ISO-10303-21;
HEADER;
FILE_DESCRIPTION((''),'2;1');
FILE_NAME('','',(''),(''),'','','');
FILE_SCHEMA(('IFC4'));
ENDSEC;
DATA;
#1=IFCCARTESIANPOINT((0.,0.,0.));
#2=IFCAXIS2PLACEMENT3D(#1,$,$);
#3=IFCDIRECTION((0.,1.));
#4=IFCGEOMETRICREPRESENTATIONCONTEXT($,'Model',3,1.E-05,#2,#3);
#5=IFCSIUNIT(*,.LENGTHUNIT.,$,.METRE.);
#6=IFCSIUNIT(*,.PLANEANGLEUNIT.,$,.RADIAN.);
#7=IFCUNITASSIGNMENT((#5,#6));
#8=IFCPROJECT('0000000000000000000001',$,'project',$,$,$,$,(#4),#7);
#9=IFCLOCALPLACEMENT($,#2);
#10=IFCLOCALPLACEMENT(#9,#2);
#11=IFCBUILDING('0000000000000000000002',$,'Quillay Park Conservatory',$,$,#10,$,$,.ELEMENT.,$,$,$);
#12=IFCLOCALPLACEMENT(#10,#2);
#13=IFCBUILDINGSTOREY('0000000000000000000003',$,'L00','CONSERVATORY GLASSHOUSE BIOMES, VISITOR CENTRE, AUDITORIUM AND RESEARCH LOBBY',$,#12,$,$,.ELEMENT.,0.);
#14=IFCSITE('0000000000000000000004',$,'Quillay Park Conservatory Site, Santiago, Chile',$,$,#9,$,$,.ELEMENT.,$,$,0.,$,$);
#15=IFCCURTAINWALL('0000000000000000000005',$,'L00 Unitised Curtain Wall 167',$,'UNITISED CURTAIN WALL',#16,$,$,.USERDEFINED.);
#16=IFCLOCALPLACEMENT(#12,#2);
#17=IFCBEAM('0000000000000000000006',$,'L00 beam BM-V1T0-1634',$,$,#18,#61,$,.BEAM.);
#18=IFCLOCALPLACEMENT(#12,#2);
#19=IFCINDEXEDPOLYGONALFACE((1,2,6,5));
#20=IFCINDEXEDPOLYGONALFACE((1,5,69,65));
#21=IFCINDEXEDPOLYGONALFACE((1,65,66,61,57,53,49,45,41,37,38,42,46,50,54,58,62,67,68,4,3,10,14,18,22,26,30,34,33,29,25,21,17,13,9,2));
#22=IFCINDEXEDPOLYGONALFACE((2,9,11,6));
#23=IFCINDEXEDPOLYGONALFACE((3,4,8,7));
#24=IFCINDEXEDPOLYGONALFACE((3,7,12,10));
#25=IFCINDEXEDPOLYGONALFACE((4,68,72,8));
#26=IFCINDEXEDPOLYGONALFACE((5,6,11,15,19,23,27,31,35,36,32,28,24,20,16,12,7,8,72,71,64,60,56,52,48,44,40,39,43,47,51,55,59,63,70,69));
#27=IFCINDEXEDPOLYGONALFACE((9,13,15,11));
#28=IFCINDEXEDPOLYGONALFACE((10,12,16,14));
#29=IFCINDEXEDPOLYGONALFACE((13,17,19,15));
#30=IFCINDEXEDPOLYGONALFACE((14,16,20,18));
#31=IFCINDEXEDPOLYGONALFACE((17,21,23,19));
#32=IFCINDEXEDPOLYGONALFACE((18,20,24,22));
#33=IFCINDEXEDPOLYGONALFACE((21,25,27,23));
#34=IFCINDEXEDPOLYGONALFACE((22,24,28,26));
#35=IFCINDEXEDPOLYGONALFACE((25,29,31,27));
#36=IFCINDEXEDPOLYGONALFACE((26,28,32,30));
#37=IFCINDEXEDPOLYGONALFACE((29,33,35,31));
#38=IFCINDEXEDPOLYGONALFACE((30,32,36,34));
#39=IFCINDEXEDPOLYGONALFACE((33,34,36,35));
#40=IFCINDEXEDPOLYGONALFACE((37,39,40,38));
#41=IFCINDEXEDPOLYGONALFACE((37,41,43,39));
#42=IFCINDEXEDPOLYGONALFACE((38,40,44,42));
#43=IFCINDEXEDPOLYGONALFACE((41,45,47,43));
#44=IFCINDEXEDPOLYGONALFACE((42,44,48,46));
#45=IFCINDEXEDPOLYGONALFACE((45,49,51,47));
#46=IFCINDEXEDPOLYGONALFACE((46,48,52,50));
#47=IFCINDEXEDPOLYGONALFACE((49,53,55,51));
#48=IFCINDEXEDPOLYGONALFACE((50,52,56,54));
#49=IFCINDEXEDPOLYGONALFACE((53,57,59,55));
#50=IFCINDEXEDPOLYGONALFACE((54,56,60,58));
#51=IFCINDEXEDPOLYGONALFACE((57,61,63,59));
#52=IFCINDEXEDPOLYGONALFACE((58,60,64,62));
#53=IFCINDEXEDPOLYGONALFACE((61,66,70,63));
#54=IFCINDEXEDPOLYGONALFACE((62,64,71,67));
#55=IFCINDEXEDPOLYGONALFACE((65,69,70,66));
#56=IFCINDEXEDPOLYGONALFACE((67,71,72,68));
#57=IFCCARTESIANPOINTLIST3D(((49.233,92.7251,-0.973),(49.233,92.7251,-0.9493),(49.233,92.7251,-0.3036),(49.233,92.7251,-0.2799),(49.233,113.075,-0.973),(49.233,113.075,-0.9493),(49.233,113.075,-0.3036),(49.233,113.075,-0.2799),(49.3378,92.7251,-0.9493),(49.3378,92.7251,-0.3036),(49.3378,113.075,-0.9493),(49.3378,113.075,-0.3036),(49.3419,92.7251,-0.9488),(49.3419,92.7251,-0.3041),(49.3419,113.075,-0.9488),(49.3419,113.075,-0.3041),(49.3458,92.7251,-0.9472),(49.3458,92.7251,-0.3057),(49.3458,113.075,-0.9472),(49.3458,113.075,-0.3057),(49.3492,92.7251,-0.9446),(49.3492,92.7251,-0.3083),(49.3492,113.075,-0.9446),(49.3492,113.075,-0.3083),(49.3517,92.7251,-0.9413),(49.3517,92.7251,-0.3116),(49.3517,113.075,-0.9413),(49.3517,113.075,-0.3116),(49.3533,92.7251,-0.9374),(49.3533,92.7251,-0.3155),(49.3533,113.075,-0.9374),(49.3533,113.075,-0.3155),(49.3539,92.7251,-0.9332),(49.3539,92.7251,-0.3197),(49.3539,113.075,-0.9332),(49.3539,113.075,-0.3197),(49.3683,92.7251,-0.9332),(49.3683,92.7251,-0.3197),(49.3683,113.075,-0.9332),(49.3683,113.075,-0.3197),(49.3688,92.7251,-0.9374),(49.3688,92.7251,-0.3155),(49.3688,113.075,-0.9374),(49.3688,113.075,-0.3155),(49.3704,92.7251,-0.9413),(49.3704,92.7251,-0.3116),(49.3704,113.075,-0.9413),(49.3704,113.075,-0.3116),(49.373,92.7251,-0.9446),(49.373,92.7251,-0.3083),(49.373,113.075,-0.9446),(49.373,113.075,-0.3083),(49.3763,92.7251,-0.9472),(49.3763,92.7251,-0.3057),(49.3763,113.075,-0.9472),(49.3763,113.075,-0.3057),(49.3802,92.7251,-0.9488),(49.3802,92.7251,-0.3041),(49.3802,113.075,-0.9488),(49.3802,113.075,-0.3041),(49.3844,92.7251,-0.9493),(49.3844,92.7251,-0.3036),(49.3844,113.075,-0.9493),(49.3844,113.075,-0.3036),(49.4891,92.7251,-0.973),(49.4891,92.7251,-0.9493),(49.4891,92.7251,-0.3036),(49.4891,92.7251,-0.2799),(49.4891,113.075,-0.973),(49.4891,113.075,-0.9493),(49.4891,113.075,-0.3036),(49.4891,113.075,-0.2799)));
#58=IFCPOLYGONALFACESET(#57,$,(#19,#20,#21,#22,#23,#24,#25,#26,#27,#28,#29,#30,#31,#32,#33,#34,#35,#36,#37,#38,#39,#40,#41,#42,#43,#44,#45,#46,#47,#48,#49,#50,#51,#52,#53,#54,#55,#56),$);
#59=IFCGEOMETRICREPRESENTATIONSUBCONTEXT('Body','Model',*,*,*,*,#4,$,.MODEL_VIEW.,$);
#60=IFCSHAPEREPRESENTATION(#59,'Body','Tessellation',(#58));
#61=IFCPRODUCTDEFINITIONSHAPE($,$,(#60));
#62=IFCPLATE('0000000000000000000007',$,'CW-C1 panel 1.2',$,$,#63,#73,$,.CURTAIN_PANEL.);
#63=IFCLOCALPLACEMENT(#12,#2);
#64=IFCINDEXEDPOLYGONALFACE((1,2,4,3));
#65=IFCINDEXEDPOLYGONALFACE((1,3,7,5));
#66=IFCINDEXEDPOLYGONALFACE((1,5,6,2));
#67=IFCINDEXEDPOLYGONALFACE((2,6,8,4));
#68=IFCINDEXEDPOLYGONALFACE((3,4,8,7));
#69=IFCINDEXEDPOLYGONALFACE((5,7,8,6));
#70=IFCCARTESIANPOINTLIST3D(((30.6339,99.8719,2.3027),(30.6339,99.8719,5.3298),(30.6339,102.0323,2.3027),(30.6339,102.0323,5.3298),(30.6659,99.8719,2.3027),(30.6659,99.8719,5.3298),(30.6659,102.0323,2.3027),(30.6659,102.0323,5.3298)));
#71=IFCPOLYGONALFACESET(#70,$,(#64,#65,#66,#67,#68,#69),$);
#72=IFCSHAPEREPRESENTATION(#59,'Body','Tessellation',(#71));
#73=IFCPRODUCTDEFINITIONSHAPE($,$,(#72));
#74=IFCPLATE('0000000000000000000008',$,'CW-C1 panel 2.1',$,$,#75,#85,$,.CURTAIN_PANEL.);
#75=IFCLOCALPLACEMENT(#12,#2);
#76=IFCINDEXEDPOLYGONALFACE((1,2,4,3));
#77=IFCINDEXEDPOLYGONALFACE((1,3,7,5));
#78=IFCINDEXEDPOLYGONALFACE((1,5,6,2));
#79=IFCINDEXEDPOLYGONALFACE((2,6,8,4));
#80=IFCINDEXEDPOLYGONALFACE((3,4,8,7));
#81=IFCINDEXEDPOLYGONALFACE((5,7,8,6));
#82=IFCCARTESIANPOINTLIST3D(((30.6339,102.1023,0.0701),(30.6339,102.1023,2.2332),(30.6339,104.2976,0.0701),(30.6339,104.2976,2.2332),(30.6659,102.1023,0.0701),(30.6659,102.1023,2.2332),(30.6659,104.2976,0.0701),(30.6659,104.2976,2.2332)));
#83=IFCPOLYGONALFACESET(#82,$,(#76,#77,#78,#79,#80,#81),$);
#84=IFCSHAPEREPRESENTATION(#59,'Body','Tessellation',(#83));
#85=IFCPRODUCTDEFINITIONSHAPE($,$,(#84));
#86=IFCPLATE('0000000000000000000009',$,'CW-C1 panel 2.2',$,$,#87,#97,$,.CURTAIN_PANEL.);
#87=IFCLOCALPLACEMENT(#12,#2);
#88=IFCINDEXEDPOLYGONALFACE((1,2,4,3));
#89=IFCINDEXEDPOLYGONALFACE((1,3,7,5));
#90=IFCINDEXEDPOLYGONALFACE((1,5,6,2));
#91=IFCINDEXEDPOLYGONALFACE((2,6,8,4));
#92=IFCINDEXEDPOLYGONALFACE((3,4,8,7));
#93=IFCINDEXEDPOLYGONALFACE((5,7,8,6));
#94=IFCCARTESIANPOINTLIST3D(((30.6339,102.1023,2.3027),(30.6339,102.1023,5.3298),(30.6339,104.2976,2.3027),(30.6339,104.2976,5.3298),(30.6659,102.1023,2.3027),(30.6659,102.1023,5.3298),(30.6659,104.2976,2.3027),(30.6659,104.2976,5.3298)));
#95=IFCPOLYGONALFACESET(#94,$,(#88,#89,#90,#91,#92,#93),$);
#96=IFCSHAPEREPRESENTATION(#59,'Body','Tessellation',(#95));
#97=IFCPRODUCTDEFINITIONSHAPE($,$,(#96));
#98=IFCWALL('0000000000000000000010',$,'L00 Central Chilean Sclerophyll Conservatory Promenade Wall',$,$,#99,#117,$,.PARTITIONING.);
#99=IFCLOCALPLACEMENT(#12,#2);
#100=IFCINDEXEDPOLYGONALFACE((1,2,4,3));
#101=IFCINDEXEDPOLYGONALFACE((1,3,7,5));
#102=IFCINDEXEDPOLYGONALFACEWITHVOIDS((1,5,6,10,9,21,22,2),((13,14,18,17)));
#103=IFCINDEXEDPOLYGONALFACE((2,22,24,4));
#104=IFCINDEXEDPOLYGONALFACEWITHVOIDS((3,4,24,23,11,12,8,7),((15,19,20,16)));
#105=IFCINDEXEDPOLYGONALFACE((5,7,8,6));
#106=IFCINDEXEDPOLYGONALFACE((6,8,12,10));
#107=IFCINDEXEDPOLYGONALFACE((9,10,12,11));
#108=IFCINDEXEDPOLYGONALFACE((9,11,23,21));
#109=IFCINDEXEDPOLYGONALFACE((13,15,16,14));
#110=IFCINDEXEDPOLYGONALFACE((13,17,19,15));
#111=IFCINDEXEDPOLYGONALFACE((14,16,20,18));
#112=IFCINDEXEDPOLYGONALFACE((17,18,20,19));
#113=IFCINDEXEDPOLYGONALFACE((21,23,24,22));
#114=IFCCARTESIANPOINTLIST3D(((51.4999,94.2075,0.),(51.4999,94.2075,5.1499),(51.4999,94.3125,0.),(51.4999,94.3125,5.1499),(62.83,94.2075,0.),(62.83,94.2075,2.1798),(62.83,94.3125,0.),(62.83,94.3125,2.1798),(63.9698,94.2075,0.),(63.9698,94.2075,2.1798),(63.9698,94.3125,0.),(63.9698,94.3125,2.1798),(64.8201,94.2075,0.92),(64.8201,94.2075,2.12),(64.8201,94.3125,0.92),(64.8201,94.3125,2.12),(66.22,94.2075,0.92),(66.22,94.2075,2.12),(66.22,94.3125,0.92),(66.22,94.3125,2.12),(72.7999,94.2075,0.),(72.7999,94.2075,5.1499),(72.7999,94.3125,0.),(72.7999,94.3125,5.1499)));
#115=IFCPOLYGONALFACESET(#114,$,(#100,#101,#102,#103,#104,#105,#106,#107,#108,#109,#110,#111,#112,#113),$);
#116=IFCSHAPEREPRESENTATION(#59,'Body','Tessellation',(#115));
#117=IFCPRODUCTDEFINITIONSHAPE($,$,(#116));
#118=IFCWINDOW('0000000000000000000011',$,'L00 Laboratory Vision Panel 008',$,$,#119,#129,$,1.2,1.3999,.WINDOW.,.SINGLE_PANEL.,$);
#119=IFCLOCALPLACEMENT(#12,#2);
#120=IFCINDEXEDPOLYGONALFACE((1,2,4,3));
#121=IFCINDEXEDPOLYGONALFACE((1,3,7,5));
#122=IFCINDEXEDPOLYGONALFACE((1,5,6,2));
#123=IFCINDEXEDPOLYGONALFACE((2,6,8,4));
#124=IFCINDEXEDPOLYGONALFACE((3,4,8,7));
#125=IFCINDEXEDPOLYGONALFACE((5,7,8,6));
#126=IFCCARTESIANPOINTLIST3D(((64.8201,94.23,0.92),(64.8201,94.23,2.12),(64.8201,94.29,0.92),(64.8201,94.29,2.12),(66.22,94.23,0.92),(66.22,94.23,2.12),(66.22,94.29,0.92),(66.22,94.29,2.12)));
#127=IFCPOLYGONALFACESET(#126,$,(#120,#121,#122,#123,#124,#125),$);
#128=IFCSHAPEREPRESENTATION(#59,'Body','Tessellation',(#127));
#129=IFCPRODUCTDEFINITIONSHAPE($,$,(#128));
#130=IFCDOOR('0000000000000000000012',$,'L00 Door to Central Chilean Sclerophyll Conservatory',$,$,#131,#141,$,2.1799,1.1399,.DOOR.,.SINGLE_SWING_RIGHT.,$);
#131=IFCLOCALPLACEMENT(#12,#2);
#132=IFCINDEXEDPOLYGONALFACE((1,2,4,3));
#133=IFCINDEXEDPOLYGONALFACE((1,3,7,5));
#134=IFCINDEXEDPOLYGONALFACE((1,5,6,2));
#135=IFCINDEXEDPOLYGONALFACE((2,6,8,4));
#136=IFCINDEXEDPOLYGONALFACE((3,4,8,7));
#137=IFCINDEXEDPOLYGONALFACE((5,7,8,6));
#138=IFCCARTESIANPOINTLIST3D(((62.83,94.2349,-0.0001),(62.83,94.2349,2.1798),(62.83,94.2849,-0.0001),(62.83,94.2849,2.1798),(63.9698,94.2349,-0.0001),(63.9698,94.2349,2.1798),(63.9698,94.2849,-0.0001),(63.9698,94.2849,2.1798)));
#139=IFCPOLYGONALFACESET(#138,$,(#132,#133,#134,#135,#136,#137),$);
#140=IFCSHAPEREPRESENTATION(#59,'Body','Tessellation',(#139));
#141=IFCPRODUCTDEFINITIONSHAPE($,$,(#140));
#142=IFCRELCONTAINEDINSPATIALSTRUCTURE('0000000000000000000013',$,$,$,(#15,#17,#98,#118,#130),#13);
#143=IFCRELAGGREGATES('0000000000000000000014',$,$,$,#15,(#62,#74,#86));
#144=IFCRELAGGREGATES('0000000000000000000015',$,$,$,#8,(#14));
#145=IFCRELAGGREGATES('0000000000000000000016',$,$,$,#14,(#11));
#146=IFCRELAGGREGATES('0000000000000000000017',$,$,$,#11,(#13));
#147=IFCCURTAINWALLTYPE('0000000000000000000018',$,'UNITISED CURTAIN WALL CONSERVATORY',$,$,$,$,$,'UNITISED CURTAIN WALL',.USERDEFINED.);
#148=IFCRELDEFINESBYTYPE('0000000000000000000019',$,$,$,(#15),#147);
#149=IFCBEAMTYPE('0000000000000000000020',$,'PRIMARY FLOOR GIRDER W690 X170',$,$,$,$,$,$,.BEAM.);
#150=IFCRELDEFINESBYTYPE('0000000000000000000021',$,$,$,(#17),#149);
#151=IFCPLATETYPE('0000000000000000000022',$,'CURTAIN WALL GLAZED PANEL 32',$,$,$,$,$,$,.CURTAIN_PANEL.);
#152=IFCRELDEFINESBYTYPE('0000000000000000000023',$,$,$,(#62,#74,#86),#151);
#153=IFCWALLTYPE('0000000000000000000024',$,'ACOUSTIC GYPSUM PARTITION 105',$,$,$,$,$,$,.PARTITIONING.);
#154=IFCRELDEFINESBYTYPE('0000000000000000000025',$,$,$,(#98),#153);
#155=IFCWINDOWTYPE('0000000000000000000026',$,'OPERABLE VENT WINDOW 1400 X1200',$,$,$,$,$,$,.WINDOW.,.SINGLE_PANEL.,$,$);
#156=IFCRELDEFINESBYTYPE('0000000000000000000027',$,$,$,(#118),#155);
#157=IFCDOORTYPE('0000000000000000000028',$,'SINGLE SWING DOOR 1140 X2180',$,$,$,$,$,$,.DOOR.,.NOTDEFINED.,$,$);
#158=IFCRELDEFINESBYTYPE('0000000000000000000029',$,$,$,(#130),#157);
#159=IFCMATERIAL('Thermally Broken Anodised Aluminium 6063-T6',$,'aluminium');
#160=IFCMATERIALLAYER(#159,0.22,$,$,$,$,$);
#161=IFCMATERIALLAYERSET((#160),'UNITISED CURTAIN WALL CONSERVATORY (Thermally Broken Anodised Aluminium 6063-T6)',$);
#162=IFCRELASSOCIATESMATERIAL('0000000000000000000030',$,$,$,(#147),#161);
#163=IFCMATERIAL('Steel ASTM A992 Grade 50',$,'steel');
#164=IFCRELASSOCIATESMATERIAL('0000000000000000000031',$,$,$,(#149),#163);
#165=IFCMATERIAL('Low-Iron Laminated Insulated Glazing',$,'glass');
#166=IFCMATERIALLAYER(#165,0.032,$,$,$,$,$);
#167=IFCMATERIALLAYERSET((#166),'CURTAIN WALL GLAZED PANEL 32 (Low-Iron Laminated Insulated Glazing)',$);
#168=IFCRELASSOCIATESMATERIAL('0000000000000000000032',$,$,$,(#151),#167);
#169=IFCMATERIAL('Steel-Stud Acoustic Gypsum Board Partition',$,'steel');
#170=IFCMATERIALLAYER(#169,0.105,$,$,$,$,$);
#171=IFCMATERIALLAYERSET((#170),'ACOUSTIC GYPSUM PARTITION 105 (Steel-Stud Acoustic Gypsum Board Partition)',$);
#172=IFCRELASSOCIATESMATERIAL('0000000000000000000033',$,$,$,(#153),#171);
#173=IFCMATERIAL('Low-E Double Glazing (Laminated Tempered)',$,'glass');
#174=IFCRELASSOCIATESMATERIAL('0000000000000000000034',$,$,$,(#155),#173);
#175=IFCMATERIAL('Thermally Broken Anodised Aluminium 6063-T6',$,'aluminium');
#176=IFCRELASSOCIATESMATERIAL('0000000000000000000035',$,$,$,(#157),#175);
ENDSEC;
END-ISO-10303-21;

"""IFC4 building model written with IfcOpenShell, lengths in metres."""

from ifc_helpers import new_model, si_unit, direction, frame, frame_2d, origin, origin_2d, place, context, subcontext, project, spatial, rectangle, i_section, extrude, material, layer, layer_set, material_profile, profile_set, type_object, element, fill, aggregate, save


model = new_model("IFC4")

# Units and contexts
model_context = context("Model", 3, precision=1e-05, world=origin(), true_north=direction((0.0, 1.0)))
body_context = subcontext(model_context, "Body", "Model", "MODEL_VIEW")
ifc_project = project(units=[si_unit("LENGTHUNIT", "METRE"), si_unit("PLANEANGLEUNIT", "RADIAN")], contexts=[model_context])

# Site, building, storey
site_placement = place(None, origin())
site = spatial("IfcSite", under=ifc_project, at=site_placement, Name="Quillay Park Conservatory Site, Santiago, Chile", CompositionType="ELEMENT", RefElevation=0.0)
building_placement = place(site_placement, origin())
building = spatial("IfcBuilding", under=site, at=building_placement, Name="Quillay Park Conservatory", CompositionType="ELEMENT")
storey_placement = place(building_placement, origin())
storey = spatial("IfcBuildingStorey", under=building, at=storey_placement, Name="L00", Description="CONSERVATORY GLASSHOUSE BIOMES, VISITOR CENTRE, AUDITORIUM AND RESEARCH LOBBY", CompositionType="ELEMENT", Elevation=0.0)

# Curtain wall
ifc_material_1 = material(Name="Thermally Broken Anodised Aluminium 6063-T6", Category="aluminium")
ifc_layer_1 = layer(ifc_material_1, 0.22)
ifc_layer_set_1 = layer_set([ifc_layer_1], Name="UNITISED CURTAIN WALL CONSERVATORY (Thermally Broken Anodised Aluminium 6063-T6)")
curtain_wall_type = type_object("IfcCurtainWallType", Name="UNITISED CURTAIN WALL CONSERVATORY", ElementType="UNITISED CURTAIN WALL", PredefinedType="USERDEFINED", material=ifc_layer_set_1)
curtain_wall_placement = place(storey_placement, origin())
curtain_wall = element("IfcCurtainWall", 1, at=curtain_wall_placement, inside=storey, type_object=curtain_wall_type, Name="L00 Unitised Curtain Wall 167", ObjectType="UNITISED CURTAIN WALL", PredefinedType="USERDEFINED")

# Beam
ifc_material_2 = material(Name="Steel ASTM A992 Grade 50", Category="steel")
ifc_material_profile_1 = material_profile(ifc_material_2, i_section(OverallWidth=0.2561, OverallDepth=0.6931, WebThickness=0.0144, FlangeThickness=0.0237, FilletRadius=0.0161, at=origin_2d()), Name="W690x170")
ifc_profile_set_1 = profile_set([ifc_material_profile_1], Name="Steel ASTM A992 Grade 50")
beam_type_1 = type_object("IfcBeamType", Name="PRIMARY FLOOR GIRDER W690 X170", PredefinedType="BEAM", material=ifc_profile_set_1)
for number, where, z_axis, x_axis, name in (
    (2, (49.3611, 92.7251, -0.6265), (0.0, 1.0, 0.0), (-1.0, 0.0, 0.0), "L00 beam BM-V1T0-1634"),
):
    element("IfcBeam", number, at=place(storey_placement, frame(where, z_axis=z_axis, x_axis=x_axis)), inside=storey, type_object=beam_type_1, Name=name, PredefinedType="BEAM", context=body_context, shape_type="SweptSolid", body=[
        extrude(i_section(OverallWidth=0.2561, OverallDepth=0.6931, WebThickness=0.0144, FlangeThickness=0.0237, FilletRadius=0.0161, at=origin_2d()), origin(), (0.0, 0.0, 1.0), 20.3499),
    ])

# Plates
ifc_material_3 = material(Name="Low-Iron Laminated Insulated Glazing", Category="glass")
ifc_layer_2 = layer(ifc_material_3, 0.032)
ifc_layer_set_2 = layer_set([ifc_layer_2], Name="CURTAIN WALL GLAZED PANEL 32 (Low-Iron Laminated Insulated Glazing)")
plate_type = type_object("IfcPlateType", Name="CURTAIN WALL GLAZED PANEL 32", PredefinedType="CURTAIN_PANEL", material=ifc_layer_set_2)
plate_1_placement = place(storey_placement, frame((30.6499, 100.9521, 2.3027), z_axis=(0.0, 0.0, 1.0), x_axis=(0.0, 1.0, 0.0)))
plate_1 = element("IfcPlate", 3, at=plate_1_placement, type_object=plate_type, Name="CW-C1 panel 1.2", PredefinedType="CURTAIN_PANEL", context=body_context, shape_type="SweptSolid", body=[
    extrude(rectangle(XDim=2.1604, YDim=0.032, at=origin_2d()), origin(), (0.0, 0.0, 1.0), 3.0271),
])
plate_2_placement = place(storey_placement, frame((30.6499, 103.2, 0.0701), z_axis=(0.0, 0.0, 1.0), x_axis=(0.0, 1.0, 0.0)))
plate_2 = element("IfcPlate", 4, at=plate_2_placement, type_object=plate_type, Name="CW-C1 panel 2.1", PredefinedType="CURTAIN_PANEL", context=body_context, shape_type="SweptSolid", body=[
    extrude(rectangle(XDim=2.1953, YDim=0.032, at=origin_2d()), origin(), (0.0, 0.0, 1.0), 2.1631),
])
plate_3_placement = place(storey_placement, frame((30.6499, 103.2, 2.3027), z_axis=(0.0, 0.0, 1.0), x_axis=(0.0, 1.0, 0.0)))
plate_3 = element("IfcPlate", 5, at=plate_3_placement, type_object=plate_type, Name="CW-C1 panel 2.2", PredefinedType="CURTAIN_PANEL", context=body_context, shape_type="SweptSolid", body=[
    extrude(rectangle(XDim=2.1953, YDim=0.032, at=origin_2d()), origin(), (0.0, 0.0, 1.0), 3.0271),
])
aggregate(curtain_wall, [plate_1, plate_2, plate_3])

# Wall, openings, window, door
ifc_material_4 = material(Name="Steel-Stud Acoustic Gypsum Board Partition", Category="steel")
ifc_layer_3 = layer(ifc_material_4, 0.105)
ifc_layer_set_3 = layer_set([ifc_layer_3], Name="ACOUSTIC GYPSUM PARTITION 105 (Steel-Stud Acoustic Gypsum Board Partition)")
wall_type = type_object("IfcWallType", Name="ACOUSTIC GYPSUM PARTITION 105", PredefinedType="PARTITIONING", material=ifc_layer_set_3)
wall_placement = place(storey_placement, frame((51.5, 94.26, 0.0), z_axis=(0.0, 0.0, 1.0), x_axis=(1.0, 0.0, 0.0)))
wall = element("IfcWall", 6, at=wall_placement, inside=storey, type_object=wall_type, Name="L00 Central Chilean Sclerophyll Conservatory Promenade Wall", PredefinedType="PARTITIONING", context=body_context, shape_type="SweptSolid", body=[
    extrude(rectangle(XDim=21.3, YDim=0.105, at=frame_2d((10.6499, 0.0))), origin(), (0.0, 0.0, 1.0), 5.1499),
])
opening_1_placement = place(wall_placement, frame((11.3301, 0.0, 0.0)))
opening_1 = element("IfcOpeningElement", 7, at=opening_1_placement, cuts=wall, PredefinedType="OPENING", context=body_context, shape_type="SweptSolid", body=[
    extrude(rectangle(XDim=1.1399, YDim=2.1799, at=frame_2d((0.5698, 1.0898))), frame((0.0, 0.0525, 0.0), z_axis=(0.0, -1.0, 0.0), x_axis=(1.0, 0.0, 0.0)), (0.0, 0.0, 1.0), 0.105),
])
opening_2_placement = place(wall_placement, frame((13.3201, 0.0, 0.9199)))
opening_2 = element("IfcOpeningElement", 8, at=opening_2_placement, cuts=wall, PredefinedType="OPENING", context=body_context, shape_type="SweptSolid", body=[
    extrude(rectangle(XDim=1.3999, YDim=1.2, at=frame_2d((0.7, 0.6001))), frame((0.0, 0.0525, 0.0), z_axis=(0.0, -1.0, 0.0), x_axis=(1.0, 0.0, 0.0)), (0.0, 0.0, 1.0), 0.105),
])
ifc_material_5 = material(Name="Low-E Double Glazing (Laminated Tempered)", Category="glass")
window_type = type_object("IfcWindowType", Name="OPERABLE VENT WINDOW 1400 X1200", PartitioningType="SINGLE_PANEL", PredefinedType="WINDOW", material=ifc_material_5)
window_placement = place(opening_2_placement, origin())
window = element("IfcWindow", 9, at=window_placement, inside=storey, type_object=window_type, Name="L00 Laboratory Vision Panel 008", OverallHeight=1.2, OverallWidth=1.3999, PartitioningType="SINGLE_PANEL", PredefinedType="WINDOW", context=body_context, shape_type="SweptSolid", body=[
    extrude(rectangle(XDim=1.3999, YDim=1.2, at=frame_2d((0.7, 0.6001))), frame((0.0, 0.03, 0.0), z_axis=(0.0, -1.0, 0.0), x_axis=(1.0, 0.0, 0.0)), (0.0, 0.0, 1.0), 0.0601),
])
fill(opening_2, window)
ifc_material_6 = material(Name="Thermally Broken Anodised Aluminium 6063-T6", Category="aluminium")
door_type = type_object("IfcDoorType", Name="SINGLE SWING DOOR 1140 X2180", OperationType="NOTDEFINED", PredefinedType="DOOR", material=ifc_material_6)
door_placement = place(opening_1_placement, origin())
door = element("IfcDoor", 10, at=door_placement, inside=storey, type_object=door_type, Name="L00 Door to Central Chilean Sclerophyll Conservatory", OperationType="SINGLE_SWING_RIGHT", OverallHeight=2.1799, OverallWidth=1.1399, PredefinedType="DOOR", context=body_context, shape_type="SweptSolid", body=[
    extrude(rectangle(XDim=1.1399, YDim=2.1799, at=frame_2d((0.5698, 1.0898))), frame((0.0, 0.0249, 0.0), z_axis=(0.0, -1.0, 0.0), x_axis=(1.0, 0.0, 0.0)), (0.0, 0.0, 1.0), 0.05),
])
fill(opening_1, door)

save(model, "model.ifc")
